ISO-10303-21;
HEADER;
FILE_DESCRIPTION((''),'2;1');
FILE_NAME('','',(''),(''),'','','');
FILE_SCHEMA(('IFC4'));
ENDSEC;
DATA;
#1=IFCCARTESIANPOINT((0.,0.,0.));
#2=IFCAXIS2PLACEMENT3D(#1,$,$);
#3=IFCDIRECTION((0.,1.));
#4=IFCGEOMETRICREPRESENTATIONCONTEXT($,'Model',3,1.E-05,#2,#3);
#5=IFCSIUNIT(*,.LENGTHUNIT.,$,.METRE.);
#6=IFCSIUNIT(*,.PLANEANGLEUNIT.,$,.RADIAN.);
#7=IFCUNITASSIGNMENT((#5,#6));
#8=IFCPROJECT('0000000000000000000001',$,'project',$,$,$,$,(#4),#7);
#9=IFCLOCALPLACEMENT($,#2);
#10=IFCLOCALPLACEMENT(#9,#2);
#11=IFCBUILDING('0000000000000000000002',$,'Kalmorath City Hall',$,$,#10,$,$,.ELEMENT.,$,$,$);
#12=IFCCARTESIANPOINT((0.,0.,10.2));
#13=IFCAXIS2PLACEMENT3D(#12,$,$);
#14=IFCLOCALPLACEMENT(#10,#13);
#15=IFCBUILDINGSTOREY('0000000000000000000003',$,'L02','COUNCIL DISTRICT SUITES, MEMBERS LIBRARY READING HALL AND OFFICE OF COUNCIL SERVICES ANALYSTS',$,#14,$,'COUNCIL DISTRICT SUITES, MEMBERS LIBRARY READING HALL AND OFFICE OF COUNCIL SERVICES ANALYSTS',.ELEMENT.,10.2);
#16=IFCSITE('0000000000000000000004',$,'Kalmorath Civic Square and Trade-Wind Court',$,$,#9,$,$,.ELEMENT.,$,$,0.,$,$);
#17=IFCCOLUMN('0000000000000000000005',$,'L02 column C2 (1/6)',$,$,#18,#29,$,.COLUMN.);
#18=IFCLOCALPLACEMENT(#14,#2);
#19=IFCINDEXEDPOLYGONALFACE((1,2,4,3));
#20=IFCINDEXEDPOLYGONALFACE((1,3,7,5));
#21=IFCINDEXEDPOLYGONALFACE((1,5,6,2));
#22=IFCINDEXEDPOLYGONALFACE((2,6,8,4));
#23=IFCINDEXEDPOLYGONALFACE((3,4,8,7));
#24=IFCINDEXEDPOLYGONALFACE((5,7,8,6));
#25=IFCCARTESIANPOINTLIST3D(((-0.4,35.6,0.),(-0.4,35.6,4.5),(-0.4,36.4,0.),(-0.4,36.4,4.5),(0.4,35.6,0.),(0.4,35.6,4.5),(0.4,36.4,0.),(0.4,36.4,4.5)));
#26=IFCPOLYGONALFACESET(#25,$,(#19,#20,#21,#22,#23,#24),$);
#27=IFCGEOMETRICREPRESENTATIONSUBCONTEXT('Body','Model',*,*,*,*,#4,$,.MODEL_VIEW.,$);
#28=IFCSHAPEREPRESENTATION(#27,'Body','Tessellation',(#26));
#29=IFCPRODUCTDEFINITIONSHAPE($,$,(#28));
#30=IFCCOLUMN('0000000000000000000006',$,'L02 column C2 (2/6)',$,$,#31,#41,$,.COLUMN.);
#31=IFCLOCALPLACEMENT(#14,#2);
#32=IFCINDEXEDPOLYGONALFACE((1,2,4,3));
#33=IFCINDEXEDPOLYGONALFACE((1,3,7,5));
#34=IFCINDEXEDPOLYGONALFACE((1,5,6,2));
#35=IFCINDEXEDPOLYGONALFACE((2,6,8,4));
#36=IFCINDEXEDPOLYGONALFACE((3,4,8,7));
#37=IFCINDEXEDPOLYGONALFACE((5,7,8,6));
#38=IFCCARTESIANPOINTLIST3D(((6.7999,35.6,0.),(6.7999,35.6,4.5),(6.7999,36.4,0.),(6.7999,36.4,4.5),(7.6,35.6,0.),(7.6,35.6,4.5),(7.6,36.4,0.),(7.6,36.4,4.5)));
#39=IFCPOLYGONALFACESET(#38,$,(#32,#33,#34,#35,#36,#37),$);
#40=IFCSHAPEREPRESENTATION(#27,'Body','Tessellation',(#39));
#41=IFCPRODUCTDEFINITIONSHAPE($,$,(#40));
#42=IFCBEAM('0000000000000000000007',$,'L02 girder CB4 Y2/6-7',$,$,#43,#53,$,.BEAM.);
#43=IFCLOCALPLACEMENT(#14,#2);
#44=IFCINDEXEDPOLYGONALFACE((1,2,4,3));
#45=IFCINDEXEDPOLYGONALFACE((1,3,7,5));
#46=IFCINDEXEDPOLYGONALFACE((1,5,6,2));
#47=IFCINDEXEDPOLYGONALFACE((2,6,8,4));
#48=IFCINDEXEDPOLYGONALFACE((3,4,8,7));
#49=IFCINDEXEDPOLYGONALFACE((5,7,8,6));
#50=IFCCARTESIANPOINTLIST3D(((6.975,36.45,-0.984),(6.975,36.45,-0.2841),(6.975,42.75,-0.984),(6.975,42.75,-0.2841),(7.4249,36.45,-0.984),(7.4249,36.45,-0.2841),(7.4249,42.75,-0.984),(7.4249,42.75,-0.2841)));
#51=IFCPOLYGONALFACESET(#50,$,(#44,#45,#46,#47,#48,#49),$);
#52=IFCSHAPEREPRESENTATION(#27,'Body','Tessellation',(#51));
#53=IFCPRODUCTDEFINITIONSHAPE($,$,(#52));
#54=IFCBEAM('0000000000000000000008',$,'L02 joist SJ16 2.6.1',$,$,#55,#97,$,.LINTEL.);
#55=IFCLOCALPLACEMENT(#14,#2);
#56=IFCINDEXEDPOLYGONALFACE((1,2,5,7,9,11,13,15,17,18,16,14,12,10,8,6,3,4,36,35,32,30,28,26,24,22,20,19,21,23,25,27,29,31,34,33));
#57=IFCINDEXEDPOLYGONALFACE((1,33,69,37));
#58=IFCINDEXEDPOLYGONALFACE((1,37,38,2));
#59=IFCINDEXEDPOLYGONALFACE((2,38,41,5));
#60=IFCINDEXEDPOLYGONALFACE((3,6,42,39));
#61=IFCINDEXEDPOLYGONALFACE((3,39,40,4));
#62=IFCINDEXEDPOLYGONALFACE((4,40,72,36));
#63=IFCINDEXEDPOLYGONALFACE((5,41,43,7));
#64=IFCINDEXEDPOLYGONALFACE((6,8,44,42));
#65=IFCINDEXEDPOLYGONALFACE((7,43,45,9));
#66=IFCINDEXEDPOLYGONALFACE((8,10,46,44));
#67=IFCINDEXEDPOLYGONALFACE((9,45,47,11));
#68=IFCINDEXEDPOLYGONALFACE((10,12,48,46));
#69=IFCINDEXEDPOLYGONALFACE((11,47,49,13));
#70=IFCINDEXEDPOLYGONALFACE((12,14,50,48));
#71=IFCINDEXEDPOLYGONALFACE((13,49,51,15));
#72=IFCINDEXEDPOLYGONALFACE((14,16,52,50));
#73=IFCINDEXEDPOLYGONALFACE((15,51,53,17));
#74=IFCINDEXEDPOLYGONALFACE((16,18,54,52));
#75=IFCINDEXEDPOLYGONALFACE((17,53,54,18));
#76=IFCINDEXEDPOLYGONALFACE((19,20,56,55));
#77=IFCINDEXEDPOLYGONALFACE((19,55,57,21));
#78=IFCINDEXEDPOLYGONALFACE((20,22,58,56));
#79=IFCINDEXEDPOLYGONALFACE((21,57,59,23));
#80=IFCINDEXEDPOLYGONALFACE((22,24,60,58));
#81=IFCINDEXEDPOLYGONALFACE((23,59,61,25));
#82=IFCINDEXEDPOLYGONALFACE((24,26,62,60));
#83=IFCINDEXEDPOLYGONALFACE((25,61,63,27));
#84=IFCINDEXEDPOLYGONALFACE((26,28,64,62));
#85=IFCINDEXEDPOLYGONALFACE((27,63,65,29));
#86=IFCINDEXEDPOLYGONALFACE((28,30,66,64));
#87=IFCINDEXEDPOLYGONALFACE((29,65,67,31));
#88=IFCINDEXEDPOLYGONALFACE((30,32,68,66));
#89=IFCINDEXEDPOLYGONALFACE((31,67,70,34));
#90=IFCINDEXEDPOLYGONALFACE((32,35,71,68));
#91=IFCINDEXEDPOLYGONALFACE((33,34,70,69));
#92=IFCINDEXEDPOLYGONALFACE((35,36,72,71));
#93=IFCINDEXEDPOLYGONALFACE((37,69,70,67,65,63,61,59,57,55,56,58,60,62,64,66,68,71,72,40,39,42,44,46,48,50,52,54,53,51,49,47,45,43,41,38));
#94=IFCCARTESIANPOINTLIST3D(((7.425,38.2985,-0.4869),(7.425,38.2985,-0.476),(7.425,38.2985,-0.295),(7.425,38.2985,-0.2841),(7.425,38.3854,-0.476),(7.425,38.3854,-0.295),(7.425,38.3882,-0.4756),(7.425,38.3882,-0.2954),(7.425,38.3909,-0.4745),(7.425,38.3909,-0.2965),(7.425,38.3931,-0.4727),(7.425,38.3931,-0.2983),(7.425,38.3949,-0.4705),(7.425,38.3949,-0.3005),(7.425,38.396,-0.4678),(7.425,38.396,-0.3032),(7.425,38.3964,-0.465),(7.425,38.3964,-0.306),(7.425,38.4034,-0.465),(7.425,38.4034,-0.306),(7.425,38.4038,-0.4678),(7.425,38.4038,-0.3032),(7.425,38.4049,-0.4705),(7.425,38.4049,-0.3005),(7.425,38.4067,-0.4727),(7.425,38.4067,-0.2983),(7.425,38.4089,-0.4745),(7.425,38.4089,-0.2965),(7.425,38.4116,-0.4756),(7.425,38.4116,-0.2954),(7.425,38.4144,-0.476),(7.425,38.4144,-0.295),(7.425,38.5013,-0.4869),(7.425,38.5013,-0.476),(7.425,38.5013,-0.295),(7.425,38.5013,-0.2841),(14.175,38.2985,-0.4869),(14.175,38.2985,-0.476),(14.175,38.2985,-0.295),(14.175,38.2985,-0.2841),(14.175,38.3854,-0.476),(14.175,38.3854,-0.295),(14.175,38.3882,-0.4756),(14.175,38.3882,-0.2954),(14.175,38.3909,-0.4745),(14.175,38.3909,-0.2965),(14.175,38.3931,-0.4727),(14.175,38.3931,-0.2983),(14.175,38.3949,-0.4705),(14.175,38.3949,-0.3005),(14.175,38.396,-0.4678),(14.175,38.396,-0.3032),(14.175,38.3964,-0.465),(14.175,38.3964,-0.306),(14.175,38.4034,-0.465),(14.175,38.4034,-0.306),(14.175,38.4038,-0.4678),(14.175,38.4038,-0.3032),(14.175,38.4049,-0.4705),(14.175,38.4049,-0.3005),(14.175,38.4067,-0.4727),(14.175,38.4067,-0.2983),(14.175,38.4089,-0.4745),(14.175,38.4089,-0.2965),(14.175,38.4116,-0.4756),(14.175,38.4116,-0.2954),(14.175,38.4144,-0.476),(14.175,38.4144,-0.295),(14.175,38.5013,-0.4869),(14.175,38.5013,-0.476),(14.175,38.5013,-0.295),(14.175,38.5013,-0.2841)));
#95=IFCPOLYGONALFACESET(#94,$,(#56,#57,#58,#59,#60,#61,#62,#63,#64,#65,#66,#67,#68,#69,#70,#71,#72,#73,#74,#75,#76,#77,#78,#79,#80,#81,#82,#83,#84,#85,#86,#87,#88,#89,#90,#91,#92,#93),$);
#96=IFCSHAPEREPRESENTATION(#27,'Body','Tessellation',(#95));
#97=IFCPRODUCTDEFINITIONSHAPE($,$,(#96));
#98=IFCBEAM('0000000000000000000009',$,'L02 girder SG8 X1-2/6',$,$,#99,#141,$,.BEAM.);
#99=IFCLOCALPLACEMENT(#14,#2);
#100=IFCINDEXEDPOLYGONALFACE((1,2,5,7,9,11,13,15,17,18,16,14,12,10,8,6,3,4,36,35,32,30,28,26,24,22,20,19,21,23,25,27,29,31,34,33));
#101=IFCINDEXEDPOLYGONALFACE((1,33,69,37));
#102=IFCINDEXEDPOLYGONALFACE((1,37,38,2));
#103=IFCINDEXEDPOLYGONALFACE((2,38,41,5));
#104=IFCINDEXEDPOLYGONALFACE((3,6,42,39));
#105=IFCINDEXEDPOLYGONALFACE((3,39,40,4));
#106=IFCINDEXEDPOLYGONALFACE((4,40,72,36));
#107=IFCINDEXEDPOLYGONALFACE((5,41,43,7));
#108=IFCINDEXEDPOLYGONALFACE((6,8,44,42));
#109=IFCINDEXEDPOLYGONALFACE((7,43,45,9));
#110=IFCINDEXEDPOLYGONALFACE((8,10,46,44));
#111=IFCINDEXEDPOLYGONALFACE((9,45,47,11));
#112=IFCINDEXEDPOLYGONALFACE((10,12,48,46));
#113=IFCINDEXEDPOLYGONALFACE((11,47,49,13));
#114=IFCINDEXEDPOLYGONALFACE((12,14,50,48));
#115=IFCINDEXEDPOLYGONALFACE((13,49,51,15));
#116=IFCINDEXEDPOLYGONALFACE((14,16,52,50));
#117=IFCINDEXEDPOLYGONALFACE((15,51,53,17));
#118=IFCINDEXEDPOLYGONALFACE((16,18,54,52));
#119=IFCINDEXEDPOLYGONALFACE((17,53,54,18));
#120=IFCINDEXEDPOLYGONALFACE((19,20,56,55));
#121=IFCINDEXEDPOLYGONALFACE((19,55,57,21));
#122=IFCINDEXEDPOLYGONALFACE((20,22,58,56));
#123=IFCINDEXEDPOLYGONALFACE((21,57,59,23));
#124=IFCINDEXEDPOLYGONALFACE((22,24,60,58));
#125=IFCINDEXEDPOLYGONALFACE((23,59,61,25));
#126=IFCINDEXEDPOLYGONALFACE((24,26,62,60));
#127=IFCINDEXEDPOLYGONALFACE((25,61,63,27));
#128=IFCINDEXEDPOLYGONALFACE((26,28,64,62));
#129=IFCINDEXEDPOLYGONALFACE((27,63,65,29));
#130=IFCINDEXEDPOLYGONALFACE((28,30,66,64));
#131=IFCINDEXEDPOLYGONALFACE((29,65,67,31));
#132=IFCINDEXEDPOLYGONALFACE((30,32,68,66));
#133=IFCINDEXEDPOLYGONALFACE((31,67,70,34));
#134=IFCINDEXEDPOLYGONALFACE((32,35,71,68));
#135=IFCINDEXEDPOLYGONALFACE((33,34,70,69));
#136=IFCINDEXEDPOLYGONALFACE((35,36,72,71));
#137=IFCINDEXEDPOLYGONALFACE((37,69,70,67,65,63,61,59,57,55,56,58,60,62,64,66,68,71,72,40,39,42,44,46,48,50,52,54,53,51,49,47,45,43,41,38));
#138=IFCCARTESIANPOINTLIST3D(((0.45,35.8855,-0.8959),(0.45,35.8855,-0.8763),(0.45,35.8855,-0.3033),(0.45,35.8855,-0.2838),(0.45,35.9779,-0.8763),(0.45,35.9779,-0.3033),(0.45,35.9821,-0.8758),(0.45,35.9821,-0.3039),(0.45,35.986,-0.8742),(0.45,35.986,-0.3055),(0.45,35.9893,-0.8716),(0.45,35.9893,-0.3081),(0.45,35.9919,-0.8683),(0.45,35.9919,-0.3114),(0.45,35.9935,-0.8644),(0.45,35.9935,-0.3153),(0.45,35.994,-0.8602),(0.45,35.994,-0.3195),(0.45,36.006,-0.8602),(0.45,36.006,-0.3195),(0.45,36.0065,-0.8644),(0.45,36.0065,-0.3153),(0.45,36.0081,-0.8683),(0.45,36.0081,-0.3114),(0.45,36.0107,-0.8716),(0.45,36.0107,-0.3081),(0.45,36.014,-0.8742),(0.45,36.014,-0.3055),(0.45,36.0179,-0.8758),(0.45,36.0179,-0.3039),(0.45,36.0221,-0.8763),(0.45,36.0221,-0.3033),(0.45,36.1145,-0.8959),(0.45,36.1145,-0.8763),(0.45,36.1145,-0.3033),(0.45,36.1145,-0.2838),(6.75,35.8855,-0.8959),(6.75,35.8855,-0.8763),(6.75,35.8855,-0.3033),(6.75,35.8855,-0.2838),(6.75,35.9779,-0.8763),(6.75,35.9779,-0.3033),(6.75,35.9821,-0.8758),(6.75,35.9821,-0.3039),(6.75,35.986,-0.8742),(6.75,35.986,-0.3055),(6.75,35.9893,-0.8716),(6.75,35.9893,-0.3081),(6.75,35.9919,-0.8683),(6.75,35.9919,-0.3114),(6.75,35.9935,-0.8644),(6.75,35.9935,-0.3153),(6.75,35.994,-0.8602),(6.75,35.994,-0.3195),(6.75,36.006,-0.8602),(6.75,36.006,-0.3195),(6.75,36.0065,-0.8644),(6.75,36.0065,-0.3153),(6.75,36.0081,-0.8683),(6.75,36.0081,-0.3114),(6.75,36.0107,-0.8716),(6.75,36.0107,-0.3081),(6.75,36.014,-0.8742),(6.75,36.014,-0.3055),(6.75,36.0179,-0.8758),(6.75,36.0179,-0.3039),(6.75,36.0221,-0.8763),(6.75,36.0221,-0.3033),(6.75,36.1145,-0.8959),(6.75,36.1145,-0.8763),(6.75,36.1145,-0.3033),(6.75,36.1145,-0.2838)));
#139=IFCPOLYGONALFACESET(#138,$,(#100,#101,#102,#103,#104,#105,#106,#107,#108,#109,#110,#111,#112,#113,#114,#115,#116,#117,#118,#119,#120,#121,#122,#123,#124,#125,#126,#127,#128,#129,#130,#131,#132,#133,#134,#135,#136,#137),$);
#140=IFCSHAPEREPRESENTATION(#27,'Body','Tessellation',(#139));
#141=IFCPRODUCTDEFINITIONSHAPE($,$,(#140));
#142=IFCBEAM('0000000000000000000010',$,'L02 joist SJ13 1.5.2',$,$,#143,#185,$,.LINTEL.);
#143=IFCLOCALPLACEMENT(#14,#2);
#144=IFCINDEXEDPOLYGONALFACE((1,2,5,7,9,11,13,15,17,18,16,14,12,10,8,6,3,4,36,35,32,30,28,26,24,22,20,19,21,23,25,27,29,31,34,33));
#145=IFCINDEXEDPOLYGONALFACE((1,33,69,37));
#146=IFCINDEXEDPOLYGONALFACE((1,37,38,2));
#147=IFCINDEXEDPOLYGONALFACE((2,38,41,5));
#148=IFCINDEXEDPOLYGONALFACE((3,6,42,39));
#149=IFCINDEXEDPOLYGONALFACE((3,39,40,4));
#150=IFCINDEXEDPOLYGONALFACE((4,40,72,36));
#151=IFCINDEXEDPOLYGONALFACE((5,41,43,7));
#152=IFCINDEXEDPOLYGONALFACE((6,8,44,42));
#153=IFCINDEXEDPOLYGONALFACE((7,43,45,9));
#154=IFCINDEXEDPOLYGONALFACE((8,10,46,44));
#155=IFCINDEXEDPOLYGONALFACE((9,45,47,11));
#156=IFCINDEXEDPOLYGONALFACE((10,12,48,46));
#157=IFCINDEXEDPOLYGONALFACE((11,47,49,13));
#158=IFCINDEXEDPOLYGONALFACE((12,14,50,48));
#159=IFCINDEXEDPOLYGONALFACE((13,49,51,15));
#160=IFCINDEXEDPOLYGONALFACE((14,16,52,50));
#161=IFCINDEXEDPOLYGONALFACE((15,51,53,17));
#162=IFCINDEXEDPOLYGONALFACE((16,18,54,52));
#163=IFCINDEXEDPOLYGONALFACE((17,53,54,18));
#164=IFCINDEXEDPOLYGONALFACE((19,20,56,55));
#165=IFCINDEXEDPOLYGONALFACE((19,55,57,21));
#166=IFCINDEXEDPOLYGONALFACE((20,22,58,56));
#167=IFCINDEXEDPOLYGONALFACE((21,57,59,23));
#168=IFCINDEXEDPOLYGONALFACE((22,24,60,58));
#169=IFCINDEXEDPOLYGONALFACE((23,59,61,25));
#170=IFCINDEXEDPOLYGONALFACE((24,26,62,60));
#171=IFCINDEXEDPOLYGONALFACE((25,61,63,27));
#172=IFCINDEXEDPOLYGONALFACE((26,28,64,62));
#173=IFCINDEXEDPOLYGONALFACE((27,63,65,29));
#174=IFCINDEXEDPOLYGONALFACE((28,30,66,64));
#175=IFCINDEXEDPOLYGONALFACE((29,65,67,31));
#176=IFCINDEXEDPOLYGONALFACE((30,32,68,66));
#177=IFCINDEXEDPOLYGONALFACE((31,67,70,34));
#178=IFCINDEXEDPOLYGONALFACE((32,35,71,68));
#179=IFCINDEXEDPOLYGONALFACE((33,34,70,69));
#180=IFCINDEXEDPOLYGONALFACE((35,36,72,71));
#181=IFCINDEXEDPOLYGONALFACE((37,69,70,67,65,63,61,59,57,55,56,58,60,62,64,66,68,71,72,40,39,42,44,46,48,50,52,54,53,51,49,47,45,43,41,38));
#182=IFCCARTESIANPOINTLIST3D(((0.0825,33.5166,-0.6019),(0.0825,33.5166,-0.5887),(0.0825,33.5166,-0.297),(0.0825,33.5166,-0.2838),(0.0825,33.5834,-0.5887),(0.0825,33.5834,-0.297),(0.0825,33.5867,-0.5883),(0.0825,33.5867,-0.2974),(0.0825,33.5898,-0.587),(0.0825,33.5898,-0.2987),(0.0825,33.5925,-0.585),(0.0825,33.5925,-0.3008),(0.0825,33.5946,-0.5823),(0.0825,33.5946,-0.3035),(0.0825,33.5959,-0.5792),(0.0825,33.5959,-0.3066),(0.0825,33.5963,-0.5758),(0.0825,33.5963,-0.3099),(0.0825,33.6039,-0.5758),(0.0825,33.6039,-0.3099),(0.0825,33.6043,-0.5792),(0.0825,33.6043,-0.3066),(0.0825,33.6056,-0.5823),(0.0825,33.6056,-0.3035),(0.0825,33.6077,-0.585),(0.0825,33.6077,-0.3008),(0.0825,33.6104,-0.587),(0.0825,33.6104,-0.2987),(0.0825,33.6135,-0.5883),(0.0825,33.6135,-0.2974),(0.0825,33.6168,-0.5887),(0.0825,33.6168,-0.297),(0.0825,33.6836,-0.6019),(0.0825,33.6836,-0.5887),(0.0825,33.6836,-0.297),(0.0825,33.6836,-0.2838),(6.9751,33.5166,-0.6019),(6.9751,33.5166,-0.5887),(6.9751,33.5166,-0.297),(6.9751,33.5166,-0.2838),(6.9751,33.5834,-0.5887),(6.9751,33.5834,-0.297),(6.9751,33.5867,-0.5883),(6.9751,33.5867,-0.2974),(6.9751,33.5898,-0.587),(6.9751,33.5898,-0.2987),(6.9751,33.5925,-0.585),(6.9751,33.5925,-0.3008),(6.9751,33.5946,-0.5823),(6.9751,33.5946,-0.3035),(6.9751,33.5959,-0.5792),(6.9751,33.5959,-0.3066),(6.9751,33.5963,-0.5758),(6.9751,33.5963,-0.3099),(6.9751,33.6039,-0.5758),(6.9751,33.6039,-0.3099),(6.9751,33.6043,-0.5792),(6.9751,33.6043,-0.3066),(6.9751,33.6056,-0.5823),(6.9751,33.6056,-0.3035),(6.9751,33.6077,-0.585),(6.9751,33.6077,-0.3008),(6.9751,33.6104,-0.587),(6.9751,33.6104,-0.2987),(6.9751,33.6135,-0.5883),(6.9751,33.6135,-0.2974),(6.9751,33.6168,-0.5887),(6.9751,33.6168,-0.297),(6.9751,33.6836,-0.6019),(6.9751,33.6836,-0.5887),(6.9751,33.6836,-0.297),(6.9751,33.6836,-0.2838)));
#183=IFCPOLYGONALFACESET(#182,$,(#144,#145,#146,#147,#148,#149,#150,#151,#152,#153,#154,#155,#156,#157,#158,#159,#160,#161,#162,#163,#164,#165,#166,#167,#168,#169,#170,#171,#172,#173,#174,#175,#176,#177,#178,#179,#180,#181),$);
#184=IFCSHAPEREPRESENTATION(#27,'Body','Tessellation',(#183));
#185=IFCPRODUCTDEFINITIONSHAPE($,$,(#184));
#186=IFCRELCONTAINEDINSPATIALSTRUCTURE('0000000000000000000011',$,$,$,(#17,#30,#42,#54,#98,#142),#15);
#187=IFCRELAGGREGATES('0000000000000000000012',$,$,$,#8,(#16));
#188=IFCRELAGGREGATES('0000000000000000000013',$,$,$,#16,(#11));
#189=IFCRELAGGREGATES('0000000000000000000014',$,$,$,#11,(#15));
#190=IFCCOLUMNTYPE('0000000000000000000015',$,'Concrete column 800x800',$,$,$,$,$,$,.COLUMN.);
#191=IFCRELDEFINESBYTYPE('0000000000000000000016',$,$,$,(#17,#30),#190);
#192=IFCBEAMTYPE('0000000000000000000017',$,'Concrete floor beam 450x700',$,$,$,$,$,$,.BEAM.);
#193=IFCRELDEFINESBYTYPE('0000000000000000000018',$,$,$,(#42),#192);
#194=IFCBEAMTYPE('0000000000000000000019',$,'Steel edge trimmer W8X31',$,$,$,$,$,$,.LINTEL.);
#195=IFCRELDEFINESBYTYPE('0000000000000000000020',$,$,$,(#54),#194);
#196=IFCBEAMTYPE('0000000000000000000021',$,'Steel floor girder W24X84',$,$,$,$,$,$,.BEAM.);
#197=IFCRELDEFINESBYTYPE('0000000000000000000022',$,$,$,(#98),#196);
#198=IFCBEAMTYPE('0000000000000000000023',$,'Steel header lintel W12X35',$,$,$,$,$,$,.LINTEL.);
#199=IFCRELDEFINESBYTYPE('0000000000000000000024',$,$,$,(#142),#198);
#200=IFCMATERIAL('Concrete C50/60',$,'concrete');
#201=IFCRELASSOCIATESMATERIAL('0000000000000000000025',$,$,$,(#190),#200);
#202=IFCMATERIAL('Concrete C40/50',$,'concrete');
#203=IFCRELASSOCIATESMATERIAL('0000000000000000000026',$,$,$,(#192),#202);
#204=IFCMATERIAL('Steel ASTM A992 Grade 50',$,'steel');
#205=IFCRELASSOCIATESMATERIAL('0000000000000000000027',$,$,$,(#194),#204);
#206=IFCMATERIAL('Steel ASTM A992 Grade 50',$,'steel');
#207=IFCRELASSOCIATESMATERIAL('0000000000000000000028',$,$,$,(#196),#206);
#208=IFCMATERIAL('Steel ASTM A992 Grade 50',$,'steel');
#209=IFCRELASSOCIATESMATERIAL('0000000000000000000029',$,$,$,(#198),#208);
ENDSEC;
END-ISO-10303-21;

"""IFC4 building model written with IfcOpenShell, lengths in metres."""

from ifc_helpers import new_model, si_unit, direction, frame, origin, origin_2d, place, context, subcontext, project, spatial, rectangle, i_section, extrude, material, material_profile, profile_set, type_object, element, save


model = new_model("IFC4")

# Units and contexts
model_context = context("Model", 3, precision=1e-05, world=origin(), true_north=direction((0.0, 1.0)))
body_context = subcontext(model_context, "Body", "Model", "MODEL_VIEW")
ifc_project = project(units=[si_unit("LENGTHUNIT", "METRE"), si_unit("PLANEANGLEUNIT", "RADIAN")], contexts=[model_context])

# Site, building, storey
site_placement = place(None, origin())
site = spatial("IfcSite", under=ifc_project, at=site_placement, Name="Kalmorath Civic Square and Trade-Wind Court", CompositionType="ELEMENT", RefElevation=0.0)
building_placement = place(site_placement, origin())
building = spatial("IfcBuilding", under=site, at=building_placement, Name="Kalmorath City Hall", CompositionType="ELEMENT")
storey_placement = place(building_placement, frame((0.0, 0.0, 10.2)))
storey = spatial("IfcBuildingStorey", under=building, at=storey_placement, Name="L02", Description="COUNCIL DISTRICT SUITES, MEMBERS LIBRARY READING HALL AND OFFICE OF COUNCIL SERVICES ANALYSTS", LongName="COUNCIL DISTRICT SUITES, MEMBERS LIBRARY READING HALL AND OFFICE OF COUNCIL SERVICES ANALYSTS", CompositionType="ELEMENT", Elevation=10.2)

# Columns
ifc_material_1 = material(Name="Concrete C50/60", Category="concrete")
ifc_material_profile_1 = material_profile(ifc_material_1, rectangle(XDim=0.8, YDim=0.8, at=origin_2d()), Name="RC-COL-800X800")
ifc_profile_set_1 = profile_set([ifc_material_profile_1], Name="Concrete C50/60")
column_type = type_object("IfcColumnType", Name="Concrete column 800x800", PredefinedType="COLUMN", material=ifc_profile_set_1)
for number, where, z_axis, x_axis, name in (
    (1, (0.0, 36.0, 0.0), (0.0, 0.0, 1.0), (1.0, 0.0, 0.0), "L02 column C2 (1/6)"),
    (2, (7.2, 36.0, 0.0), (0.0, 0.0, 1.0), (1.0, 0.0, 0.0), "L02 column C2 (2/6)"),
):
    element("IfcColumn", number, at=place(storey_placement, frame(where, z_axis=z_axis, x_axis=x_axis)), inside=storey, type_object=column_type, Name=name, PredefinedType="COLUMN", context=body_context, shape_type="SweptSolid", body=[
        extrude(rectangle(XDim=0.8, YDim=0.8, at=origin_2d()), origin(), (0.0, 0.0, 1.0), 4.5),
    ])

# Beams
ifc_material_2 = material(Name="Concrete C40/50", Category="concrete")
ifc_material_profile_2 = material_profile(ifc_material_2, rectangle(XDim=0.45, YDim=0.7, at=origin_2d()), Name="RC-BM-450X700")
ifc_profile_set_2 = profile_set([ifc_material_profile_2], Name="Concrete C40/50")
beam_type_1 = type_object("IfcBeamType", Name="Concrete floor beam 450x700", PredefinedType="BEAM", material=ifc_profile_set_2)
beam_1_placement = place(storey_placement, frame((7.2, 36.45, -0.634), z_axis=(0.0, 1.0, 0.0), x_axis=(-1.0, 0.0, 0.0)))
element("IfcBeam", 3, at=beam_1_placement, inside=storey, type_object=beam_type_1, Name="L02 girder CB4 Y2/6-7", PredefinedType="BEAM", context=body_context, shape_type="SweptSolid", body=[
    extrude(rectangle(XDim=0.45, YDim=0.7, at=origin_2d()), origin(), (0.0, 0.0, 1.0), 6.3),
])
ifc_material_3 = material(Name="Steel ASTM A992 Grade 50", Category="steel")
ifc_material_profile_3 = material_profile(ifc_material_3, i_section(OverallWidth=0.2029, OverallDepth=0.2029, WebThickness=0.0071, FlangeThickness=0.011, FilletRadius=0.011, at=origin_2d()), Name="W8X31")
ifc_profile_set_3 = profile_set([ifc_material_profile_3], Name="Steel ASTM A992 Grade 50")
beam_type_2 = type_object("IfcBeamType", Name="Steel edge trimmer W8X31", PredefinedType="LINTEL", material=ifc_profile_set_3)
beam_2_placement = place(storey_placement, frame((7.425, 38.3999, -0.3855), z_axis=(1.0, 0.0, 0.0), x_axis=(0.0, 1.0, 0.0)))
element("IfcBeam", 4, at=beam_2_placement, inside=storey, type_object=beam_type_2, Name="L02 joist SJ16 2.6.1", PredefinedType="LINTEL", context=body_context, shape_type="SweptSolid", body=[
    extrude(i_section(OverallWidth=0.2029, OverallDepth=0.2029, WebThickness=0.0071, FlangeThickness=0.011, FilletRadius=0.011, at=origin_2d()), origin(), (0.0, 0.0, 1.0), 6.75),
])
ifc_material_4 = material(Name="Steel ASTM A992 Grade 50", Category="steel")
ifc_material_profile_4 = material_profile(ifc_material_4, i_section(OverallWidth=0.229, OverallDepth=0.6121, WebThickness=0.012, FlangeThickness=0.0195, FilletRadius=0.0161, at=origin_2d()), Name="W24X84")
ifc_profile_set_4 = profile_set([ifc_material_profile_4], Name="Steel ASTM A992 Grade 50")
beam_type_3 = type_object("IfcBeamType", Name="Steel floor girder W24X84", PredefinedType="BEAM", material=ifc_profile_set_4)
beam_3_placement = place(storey_placement, frame((0.45, 36.0, -0.5898), z_axis=(1.0, 0.0, 0.0), x_axis=(0.0, 1.0, 0.0)))
element("IfcBeam", 5, at=beam_3_placement, inside=storey, type_object=beam_type_3, Name="L02 girder SG8 X1-2/6", PredefinedType="BEAM", context=body_context, shape_type="SweptSolid", body=[
    extrude(i_section(OverallWidth=0.229, OverallDepth=0.6121, WebThickness=0.012, FlangeThickness=0.0195, FilletRadius=0.0161, at=origin_2d()), origin(), (0.0, 0.0, 1.0), 6.3),
])
ifc_material_5 = material(Name="Steel ASTM A992 Grade 50", Category="steel")
ifc_material_profile_5 = material_profile(ifc_material_5, i_section(OverallWidth=0.167, OverallDepth=0.3181, WebThickness=0.0076, FlangeThickness=0.0132, FilletRadius=0.0129, at=origin_2d()), Name="W12X35")
ifc_profile_set_5 = profile_set([ifc_material_profile_5], Name="Steel ASTM A992 Grade 50")
beam_type_4 = type_object("IfcBeamType", Name="Steel header lintel W12X35", PredefinedType="LINTEL", material=ifc_profile_set_5)
beam_4_placement = place(storey_placement, frame((0.0825, 33.6001, -0.4429), z_axis=(1.0, 0.0, 0.0), x_axis=(0.0, 1.0, 0.0)))
element("IfcBeam", 6, at=beam_4_placement, inside=storey, type_object=beam_type_4, Name="L02 joist SJ13 1.5.2", PredefinedType="LINTEL", context=body_context, shape_type="SweptSolid", body=[
    extrude(i_section(OverallWidth=0.167, OverallDepth=0.3181, WebThickness=0.0076, FlangeThickness=0.0132, FilletRadius=0.0129, at=origin_2d()), origin(), (0.0, 0.0, 1.0), 6.8926),
])

save(model, "model.ifc")
